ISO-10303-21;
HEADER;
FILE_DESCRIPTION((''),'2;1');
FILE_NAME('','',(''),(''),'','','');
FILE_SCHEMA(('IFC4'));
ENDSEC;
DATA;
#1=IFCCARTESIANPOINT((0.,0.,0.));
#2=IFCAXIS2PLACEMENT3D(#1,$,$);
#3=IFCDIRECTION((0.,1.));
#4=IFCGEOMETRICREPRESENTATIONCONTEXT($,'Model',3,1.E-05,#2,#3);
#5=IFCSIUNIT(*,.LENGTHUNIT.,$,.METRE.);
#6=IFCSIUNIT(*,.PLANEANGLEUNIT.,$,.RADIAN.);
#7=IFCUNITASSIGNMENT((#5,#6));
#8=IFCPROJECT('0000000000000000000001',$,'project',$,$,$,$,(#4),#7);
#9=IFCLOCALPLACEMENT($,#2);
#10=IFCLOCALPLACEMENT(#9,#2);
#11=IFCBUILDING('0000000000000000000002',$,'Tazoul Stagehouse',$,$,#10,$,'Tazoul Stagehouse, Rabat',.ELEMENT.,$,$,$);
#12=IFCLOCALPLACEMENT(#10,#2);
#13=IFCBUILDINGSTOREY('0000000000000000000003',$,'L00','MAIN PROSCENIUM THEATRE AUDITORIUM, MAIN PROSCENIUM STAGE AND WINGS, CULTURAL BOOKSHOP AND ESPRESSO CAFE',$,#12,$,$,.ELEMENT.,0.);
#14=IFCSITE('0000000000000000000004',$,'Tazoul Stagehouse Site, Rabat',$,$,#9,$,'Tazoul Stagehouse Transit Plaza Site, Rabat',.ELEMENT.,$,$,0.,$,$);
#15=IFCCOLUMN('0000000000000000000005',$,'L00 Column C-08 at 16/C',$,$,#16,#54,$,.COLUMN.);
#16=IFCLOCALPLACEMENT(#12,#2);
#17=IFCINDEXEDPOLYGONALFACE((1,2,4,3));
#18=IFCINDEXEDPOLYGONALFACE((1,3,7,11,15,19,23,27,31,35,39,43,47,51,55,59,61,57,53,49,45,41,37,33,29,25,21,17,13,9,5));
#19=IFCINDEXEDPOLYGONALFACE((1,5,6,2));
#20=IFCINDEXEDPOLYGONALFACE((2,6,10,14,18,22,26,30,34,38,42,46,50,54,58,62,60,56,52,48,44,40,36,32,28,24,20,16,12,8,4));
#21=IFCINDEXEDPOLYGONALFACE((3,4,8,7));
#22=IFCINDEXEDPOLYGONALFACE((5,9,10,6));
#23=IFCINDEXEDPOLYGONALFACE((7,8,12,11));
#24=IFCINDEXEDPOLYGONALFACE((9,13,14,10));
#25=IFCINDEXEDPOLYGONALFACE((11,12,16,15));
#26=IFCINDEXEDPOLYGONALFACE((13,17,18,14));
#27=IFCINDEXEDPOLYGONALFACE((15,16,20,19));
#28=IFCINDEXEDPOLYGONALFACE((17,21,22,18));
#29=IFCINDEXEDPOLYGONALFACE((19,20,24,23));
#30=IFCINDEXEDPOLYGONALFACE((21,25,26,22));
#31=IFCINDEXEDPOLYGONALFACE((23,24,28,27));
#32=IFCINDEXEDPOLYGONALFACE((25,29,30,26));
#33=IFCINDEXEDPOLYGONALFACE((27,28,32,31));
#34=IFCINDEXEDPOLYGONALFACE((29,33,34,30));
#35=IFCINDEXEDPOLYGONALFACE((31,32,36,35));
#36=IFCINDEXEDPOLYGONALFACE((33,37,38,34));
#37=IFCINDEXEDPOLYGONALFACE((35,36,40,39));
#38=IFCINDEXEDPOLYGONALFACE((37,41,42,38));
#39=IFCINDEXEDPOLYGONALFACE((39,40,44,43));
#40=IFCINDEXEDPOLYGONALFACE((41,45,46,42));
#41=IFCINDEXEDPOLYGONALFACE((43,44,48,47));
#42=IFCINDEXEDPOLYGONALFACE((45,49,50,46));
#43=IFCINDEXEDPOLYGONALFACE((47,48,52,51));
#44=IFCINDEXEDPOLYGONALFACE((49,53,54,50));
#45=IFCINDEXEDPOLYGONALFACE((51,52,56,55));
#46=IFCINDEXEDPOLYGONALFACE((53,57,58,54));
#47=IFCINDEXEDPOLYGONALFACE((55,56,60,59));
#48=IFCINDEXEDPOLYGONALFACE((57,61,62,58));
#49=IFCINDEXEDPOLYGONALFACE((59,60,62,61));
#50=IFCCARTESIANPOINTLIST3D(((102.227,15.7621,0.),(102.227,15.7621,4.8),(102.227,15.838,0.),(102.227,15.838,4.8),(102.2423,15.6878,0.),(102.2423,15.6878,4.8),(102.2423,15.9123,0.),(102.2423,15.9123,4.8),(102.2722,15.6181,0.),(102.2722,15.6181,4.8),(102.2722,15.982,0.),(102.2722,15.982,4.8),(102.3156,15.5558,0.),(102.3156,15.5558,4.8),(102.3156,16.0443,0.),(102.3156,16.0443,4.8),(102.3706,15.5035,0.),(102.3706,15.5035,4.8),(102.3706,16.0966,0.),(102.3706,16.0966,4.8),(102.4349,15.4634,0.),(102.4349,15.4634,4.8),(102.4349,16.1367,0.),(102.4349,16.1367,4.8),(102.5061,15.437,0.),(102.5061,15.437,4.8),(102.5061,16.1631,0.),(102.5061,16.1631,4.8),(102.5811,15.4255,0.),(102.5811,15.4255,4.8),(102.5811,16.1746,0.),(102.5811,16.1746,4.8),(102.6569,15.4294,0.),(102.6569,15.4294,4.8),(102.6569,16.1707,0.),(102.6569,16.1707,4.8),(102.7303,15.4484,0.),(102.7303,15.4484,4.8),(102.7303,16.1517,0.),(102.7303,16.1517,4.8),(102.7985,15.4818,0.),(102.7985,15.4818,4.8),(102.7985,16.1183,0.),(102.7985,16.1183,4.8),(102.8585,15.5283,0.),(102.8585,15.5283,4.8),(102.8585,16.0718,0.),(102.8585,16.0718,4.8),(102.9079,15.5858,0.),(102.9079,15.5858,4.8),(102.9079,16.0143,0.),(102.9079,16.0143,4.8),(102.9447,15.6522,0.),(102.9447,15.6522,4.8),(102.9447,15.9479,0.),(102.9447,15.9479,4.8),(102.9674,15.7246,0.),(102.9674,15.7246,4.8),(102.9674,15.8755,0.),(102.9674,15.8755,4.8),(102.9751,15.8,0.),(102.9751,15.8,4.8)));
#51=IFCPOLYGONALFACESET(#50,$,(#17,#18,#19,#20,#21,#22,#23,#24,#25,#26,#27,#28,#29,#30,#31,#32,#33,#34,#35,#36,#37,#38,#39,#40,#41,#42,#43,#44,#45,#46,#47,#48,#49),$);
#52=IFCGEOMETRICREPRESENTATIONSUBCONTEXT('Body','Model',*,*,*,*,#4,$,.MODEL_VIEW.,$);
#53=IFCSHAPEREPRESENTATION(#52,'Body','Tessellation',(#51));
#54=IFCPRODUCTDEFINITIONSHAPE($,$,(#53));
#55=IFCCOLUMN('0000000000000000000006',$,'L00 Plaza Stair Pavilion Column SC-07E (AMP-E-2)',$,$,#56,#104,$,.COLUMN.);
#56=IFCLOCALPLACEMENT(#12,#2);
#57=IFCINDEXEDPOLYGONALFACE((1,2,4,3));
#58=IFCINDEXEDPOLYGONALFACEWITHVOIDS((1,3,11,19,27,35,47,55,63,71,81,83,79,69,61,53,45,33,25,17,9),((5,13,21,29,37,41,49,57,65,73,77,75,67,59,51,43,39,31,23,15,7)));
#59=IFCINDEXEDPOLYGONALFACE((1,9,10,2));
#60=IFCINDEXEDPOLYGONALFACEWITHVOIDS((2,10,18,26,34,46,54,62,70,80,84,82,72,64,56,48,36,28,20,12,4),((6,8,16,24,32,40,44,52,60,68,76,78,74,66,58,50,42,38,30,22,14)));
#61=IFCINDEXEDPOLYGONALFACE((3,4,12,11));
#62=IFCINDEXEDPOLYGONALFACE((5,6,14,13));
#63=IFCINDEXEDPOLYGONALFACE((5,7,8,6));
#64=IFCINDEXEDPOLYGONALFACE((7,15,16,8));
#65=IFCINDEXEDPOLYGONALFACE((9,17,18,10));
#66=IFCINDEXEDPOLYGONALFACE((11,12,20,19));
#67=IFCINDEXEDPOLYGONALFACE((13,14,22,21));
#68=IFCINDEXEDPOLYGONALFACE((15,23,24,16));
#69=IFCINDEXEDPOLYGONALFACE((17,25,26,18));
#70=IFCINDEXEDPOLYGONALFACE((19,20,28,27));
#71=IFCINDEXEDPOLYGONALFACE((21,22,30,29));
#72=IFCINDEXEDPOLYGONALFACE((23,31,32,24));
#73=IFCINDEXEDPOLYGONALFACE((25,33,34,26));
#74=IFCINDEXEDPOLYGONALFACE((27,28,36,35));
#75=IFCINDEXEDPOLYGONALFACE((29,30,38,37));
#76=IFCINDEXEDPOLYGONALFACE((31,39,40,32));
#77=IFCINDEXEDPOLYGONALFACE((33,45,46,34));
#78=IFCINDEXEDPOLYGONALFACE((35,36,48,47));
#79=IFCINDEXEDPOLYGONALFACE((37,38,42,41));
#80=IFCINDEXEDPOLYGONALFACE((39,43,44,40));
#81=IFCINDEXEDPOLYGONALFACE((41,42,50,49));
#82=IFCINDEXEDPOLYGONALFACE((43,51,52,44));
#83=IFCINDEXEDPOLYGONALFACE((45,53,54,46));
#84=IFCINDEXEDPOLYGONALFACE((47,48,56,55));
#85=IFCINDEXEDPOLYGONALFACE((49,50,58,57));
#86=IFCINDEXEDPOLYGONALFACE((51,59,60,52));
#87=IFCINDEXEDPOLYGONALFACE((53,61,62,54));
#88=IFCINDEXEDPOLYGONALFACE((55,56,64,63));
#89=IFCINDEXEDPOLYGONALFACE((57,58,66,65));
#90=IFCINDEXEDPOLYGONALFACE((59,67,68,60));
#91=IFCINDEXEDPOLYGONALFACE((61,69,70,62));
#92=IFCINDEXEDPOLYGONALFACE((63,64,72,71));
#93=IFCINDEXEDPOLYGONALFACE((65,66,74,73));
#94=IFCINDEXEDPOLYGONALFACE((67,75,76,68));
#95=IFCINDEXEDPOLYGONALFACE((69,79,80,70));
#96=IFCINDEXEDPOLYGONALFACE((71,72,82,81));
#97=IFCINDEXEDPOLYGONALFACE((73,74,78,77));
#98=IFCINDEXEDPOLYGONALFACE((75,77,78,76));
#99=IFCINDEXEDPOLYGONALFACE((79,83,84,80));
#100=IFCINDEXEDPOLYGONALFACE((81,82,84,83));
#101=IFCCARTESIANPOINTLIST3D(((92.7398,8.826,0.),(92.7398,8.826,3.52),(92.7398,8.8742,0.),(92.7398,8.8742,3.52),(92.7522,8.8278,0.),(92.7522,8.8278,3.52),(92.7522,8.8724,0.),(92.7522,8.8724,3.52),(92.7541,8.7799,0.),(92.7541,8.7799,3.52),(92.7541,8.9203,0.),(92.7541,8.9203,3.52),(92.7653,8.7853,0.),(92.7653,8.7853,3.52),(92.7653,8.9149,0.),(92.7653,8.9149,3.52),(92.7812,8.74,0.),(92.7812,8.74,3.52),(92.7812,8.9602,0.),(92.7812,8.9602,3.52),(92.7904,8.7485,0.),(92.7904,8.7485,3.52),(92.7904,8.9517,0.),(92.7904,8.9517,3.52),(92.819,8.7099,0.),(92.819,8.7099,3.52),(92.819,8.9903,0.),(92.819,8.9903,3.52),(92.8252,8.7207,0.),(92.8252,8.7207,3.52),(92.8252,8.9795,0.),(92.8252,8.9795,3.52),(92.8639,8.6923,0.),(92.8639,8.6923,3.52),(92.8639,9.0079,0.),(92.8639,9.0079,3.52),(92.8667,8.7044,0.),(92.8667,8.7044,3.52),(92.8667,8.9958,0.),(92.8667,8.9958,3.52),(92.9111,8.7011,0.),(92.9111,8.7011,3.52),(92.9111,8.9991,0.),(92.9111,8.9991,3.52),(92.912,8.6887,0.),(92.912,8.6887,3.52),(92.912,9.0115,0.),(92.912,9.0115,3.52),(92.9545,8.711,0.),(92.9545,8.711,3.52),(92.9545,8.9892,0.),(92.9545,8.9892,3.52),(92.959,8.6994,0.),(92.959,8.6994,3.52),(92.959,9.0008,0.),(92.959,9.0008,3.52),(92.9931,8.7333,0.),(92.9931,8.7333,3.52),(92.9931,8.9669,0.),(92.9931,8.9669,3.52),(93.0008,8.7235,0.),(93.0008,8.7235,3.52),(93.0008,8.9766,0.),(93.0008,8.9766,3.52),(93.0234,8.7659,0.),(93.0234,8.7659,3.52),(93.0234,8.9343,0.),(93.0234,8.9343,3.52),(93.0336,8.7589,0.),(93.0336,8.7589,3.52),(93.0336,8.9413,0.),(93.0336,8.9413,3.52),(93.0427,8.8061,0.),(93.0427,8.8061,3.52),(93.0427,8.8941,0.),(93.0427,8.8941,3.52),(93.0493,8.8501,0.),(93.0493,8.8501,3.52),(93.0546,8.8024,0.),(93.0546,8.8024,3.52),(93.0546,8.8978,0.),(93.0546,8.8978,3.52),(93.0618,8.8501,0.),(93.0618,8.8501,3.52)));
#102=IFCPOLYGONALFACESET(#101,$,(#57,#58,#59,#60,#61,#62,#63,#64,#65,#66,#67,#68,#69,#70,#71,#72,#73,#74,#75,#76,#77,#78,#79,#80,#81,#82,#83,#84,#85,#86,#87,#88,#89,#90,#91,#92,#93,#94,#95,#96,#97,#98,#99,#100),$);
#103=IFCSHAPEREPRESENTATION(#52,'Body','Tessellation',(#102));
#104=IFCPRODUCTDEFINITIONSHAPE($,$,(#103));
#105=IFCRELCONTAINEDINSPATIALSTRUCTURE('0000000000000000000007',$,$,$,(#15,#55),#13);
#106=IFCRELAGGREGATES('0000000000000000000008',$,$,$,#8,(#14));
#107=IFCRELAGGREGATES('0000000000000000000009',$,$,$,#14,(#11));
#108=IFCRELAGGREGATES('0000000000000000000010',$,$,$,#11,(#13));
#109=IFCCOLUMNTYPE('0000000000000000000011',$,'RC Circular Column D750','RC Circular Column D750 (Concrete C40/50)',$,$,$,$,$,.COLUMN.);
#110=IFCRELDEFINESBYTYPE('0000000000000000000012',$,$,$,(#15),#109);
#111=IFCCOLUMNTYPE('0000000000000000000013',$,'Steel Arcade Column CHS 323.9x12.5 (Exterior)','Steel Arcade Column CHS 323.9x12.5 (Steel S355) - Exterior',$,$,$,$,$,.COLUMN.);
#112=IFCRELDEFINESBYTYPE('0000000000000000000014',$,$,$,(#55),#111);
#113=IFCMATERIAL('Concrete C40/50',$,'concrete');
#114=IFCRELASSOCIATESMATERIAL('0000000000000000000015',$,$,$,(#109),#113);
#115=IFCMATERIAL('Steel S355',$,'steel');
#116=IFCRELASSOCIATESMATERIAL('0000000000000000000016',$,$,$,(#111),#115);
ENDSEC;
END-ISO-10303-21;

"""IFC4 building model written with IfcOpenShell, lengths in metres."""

from ifc_helpers import new_model, si_unit, direction, frame, origin, origin_2d, place, context, subcontext, project, spatial, circle, hollow_circle, extrude, material, material_profile, profile_set, type_object, element, save


model = new_model("IFC4")

# Units and contexts
model_context = context("Model", 3, precision=1e-05, world=origin(), true_north=direction((0.0, 1.0)))
body_context = subcontext(model_context, "Body", "Model", "MODEL_VIEW")
ifc_project = project(units=[si_unit("LENGTHUNIT", "METRE"), si_unit("PLANEANGLEUNIT", "RADIAN")], contexts=[model_context])

# Site, building, storey
site_placement = place(None, origin())
site = spatial("IfcSite", under=ifc_project, at=site_placement, Name="Tazoul Stagehouse Site, Rabat", LongName="Tazoul Stagehouse Transit Plaza Site, Rabat", CompositionType="ELEMENT", RefElevation=0.0)
building_placement = place(site_placement, origin())
building = spatial("IfcBuilding", under=site, at=building_placement, Name="Tazoul Stagehouse", LongName="Tazoul Stagehouse, Rabat", CompositionType="ELEMENT")
storey_placement = place(building_placement, origin())
storey = spatial("IfcBuildingStorey", under=building, at=storey_placement, Name="L00", Description="MAIN PROSCENIUM THEATRE AUDITORIUM, MAIN PROSCENIUM STAGE AND WINGS, CULTURAL BOOKSHOP AND ESPRESSO CAFE", CompositionType="ELEMENT", Elevation=0.0)

# Columns
ifc_material_1 = material(Name="Concrete C40/50", Category="concrete")
ifc_material_profile_1 = material_profile(ifc_material_1, circle(Radius=0.375, at=origin_2d()), Name="RC D750")
ifc_profile_set_1 = profile_set([ifc_material_profile_1], Name="Concrete C40/50")
column_type_1 = type_object("IfcColumnType", Name="RC Circular Column D750", Description="RC Circular Column D750 (Concrete C40/50)", PredefinedType="COLUMN", material=ifc_profile_set_1)
column_1_placement = place(storey_placement, frame((102.6001, 15.8, 0.0), z_axis=(0.0, 0.0, 1.0), x_axis=(1.0, 0.0, 0.0)))
element("IfcColumn", 1, at=column_1_placement, inside=storey, type_object=column_type_1, Name="L00 Column C-08 at 16/C", PredefinedType="COLUMN", context=body_context, shape_type="SweptSolid", body=[
    extrude(circle(Radius=0.375, at=origin_2d()), origin(), (0.0, 0.0, 1.0), 4.8),
])
ifc_material_2 = material(Name="Steel S355", Category="steel")
ifc_material_profile_2 = material_profile(ifc_material_2, hollow_circle(Radius=0.1619, WallThickness=0.0125, at=origin_2d()), Name="CHS 323.9x12.5")
ifc_profile_set_2 = profile_set([ifc_material_profile_2], Name="Steel S355")
column_type_2 = type_object("IfcColumnType", Name="Steel Arcade Column CHS 323.9x12.5 (Exterior)", Description="Steel Arcade Column CHS 323.9x12.5 (Steel S355) - Exterior", PredefinedType="COLUMN", material=ifc_profile_set_2)
column_2_placement = place(storey_placement, frame((92.8999, 8.8501, 0.0), z_axis=(0.0, 0.0, 1.0), x_axis=(1.0, 0.0, 0.0)))
element("IfcColumn", 2, at=column_2_placement, inside=storey, type_object=column_type_2, Name="L00 Plaza Stair Pavilion Column SC-07E (AMP-E-2)", PredefinedType="COLUMN", context=body_context, shape_type="SweptSolid", body=[
    extrude(hollow_circle(Radius=0.1619, WallThickness=0.0125, at=origin_2d()), origin(), (0.0, 0.0, 1.0), 3.52),
])

save(model, "model.ifc")
